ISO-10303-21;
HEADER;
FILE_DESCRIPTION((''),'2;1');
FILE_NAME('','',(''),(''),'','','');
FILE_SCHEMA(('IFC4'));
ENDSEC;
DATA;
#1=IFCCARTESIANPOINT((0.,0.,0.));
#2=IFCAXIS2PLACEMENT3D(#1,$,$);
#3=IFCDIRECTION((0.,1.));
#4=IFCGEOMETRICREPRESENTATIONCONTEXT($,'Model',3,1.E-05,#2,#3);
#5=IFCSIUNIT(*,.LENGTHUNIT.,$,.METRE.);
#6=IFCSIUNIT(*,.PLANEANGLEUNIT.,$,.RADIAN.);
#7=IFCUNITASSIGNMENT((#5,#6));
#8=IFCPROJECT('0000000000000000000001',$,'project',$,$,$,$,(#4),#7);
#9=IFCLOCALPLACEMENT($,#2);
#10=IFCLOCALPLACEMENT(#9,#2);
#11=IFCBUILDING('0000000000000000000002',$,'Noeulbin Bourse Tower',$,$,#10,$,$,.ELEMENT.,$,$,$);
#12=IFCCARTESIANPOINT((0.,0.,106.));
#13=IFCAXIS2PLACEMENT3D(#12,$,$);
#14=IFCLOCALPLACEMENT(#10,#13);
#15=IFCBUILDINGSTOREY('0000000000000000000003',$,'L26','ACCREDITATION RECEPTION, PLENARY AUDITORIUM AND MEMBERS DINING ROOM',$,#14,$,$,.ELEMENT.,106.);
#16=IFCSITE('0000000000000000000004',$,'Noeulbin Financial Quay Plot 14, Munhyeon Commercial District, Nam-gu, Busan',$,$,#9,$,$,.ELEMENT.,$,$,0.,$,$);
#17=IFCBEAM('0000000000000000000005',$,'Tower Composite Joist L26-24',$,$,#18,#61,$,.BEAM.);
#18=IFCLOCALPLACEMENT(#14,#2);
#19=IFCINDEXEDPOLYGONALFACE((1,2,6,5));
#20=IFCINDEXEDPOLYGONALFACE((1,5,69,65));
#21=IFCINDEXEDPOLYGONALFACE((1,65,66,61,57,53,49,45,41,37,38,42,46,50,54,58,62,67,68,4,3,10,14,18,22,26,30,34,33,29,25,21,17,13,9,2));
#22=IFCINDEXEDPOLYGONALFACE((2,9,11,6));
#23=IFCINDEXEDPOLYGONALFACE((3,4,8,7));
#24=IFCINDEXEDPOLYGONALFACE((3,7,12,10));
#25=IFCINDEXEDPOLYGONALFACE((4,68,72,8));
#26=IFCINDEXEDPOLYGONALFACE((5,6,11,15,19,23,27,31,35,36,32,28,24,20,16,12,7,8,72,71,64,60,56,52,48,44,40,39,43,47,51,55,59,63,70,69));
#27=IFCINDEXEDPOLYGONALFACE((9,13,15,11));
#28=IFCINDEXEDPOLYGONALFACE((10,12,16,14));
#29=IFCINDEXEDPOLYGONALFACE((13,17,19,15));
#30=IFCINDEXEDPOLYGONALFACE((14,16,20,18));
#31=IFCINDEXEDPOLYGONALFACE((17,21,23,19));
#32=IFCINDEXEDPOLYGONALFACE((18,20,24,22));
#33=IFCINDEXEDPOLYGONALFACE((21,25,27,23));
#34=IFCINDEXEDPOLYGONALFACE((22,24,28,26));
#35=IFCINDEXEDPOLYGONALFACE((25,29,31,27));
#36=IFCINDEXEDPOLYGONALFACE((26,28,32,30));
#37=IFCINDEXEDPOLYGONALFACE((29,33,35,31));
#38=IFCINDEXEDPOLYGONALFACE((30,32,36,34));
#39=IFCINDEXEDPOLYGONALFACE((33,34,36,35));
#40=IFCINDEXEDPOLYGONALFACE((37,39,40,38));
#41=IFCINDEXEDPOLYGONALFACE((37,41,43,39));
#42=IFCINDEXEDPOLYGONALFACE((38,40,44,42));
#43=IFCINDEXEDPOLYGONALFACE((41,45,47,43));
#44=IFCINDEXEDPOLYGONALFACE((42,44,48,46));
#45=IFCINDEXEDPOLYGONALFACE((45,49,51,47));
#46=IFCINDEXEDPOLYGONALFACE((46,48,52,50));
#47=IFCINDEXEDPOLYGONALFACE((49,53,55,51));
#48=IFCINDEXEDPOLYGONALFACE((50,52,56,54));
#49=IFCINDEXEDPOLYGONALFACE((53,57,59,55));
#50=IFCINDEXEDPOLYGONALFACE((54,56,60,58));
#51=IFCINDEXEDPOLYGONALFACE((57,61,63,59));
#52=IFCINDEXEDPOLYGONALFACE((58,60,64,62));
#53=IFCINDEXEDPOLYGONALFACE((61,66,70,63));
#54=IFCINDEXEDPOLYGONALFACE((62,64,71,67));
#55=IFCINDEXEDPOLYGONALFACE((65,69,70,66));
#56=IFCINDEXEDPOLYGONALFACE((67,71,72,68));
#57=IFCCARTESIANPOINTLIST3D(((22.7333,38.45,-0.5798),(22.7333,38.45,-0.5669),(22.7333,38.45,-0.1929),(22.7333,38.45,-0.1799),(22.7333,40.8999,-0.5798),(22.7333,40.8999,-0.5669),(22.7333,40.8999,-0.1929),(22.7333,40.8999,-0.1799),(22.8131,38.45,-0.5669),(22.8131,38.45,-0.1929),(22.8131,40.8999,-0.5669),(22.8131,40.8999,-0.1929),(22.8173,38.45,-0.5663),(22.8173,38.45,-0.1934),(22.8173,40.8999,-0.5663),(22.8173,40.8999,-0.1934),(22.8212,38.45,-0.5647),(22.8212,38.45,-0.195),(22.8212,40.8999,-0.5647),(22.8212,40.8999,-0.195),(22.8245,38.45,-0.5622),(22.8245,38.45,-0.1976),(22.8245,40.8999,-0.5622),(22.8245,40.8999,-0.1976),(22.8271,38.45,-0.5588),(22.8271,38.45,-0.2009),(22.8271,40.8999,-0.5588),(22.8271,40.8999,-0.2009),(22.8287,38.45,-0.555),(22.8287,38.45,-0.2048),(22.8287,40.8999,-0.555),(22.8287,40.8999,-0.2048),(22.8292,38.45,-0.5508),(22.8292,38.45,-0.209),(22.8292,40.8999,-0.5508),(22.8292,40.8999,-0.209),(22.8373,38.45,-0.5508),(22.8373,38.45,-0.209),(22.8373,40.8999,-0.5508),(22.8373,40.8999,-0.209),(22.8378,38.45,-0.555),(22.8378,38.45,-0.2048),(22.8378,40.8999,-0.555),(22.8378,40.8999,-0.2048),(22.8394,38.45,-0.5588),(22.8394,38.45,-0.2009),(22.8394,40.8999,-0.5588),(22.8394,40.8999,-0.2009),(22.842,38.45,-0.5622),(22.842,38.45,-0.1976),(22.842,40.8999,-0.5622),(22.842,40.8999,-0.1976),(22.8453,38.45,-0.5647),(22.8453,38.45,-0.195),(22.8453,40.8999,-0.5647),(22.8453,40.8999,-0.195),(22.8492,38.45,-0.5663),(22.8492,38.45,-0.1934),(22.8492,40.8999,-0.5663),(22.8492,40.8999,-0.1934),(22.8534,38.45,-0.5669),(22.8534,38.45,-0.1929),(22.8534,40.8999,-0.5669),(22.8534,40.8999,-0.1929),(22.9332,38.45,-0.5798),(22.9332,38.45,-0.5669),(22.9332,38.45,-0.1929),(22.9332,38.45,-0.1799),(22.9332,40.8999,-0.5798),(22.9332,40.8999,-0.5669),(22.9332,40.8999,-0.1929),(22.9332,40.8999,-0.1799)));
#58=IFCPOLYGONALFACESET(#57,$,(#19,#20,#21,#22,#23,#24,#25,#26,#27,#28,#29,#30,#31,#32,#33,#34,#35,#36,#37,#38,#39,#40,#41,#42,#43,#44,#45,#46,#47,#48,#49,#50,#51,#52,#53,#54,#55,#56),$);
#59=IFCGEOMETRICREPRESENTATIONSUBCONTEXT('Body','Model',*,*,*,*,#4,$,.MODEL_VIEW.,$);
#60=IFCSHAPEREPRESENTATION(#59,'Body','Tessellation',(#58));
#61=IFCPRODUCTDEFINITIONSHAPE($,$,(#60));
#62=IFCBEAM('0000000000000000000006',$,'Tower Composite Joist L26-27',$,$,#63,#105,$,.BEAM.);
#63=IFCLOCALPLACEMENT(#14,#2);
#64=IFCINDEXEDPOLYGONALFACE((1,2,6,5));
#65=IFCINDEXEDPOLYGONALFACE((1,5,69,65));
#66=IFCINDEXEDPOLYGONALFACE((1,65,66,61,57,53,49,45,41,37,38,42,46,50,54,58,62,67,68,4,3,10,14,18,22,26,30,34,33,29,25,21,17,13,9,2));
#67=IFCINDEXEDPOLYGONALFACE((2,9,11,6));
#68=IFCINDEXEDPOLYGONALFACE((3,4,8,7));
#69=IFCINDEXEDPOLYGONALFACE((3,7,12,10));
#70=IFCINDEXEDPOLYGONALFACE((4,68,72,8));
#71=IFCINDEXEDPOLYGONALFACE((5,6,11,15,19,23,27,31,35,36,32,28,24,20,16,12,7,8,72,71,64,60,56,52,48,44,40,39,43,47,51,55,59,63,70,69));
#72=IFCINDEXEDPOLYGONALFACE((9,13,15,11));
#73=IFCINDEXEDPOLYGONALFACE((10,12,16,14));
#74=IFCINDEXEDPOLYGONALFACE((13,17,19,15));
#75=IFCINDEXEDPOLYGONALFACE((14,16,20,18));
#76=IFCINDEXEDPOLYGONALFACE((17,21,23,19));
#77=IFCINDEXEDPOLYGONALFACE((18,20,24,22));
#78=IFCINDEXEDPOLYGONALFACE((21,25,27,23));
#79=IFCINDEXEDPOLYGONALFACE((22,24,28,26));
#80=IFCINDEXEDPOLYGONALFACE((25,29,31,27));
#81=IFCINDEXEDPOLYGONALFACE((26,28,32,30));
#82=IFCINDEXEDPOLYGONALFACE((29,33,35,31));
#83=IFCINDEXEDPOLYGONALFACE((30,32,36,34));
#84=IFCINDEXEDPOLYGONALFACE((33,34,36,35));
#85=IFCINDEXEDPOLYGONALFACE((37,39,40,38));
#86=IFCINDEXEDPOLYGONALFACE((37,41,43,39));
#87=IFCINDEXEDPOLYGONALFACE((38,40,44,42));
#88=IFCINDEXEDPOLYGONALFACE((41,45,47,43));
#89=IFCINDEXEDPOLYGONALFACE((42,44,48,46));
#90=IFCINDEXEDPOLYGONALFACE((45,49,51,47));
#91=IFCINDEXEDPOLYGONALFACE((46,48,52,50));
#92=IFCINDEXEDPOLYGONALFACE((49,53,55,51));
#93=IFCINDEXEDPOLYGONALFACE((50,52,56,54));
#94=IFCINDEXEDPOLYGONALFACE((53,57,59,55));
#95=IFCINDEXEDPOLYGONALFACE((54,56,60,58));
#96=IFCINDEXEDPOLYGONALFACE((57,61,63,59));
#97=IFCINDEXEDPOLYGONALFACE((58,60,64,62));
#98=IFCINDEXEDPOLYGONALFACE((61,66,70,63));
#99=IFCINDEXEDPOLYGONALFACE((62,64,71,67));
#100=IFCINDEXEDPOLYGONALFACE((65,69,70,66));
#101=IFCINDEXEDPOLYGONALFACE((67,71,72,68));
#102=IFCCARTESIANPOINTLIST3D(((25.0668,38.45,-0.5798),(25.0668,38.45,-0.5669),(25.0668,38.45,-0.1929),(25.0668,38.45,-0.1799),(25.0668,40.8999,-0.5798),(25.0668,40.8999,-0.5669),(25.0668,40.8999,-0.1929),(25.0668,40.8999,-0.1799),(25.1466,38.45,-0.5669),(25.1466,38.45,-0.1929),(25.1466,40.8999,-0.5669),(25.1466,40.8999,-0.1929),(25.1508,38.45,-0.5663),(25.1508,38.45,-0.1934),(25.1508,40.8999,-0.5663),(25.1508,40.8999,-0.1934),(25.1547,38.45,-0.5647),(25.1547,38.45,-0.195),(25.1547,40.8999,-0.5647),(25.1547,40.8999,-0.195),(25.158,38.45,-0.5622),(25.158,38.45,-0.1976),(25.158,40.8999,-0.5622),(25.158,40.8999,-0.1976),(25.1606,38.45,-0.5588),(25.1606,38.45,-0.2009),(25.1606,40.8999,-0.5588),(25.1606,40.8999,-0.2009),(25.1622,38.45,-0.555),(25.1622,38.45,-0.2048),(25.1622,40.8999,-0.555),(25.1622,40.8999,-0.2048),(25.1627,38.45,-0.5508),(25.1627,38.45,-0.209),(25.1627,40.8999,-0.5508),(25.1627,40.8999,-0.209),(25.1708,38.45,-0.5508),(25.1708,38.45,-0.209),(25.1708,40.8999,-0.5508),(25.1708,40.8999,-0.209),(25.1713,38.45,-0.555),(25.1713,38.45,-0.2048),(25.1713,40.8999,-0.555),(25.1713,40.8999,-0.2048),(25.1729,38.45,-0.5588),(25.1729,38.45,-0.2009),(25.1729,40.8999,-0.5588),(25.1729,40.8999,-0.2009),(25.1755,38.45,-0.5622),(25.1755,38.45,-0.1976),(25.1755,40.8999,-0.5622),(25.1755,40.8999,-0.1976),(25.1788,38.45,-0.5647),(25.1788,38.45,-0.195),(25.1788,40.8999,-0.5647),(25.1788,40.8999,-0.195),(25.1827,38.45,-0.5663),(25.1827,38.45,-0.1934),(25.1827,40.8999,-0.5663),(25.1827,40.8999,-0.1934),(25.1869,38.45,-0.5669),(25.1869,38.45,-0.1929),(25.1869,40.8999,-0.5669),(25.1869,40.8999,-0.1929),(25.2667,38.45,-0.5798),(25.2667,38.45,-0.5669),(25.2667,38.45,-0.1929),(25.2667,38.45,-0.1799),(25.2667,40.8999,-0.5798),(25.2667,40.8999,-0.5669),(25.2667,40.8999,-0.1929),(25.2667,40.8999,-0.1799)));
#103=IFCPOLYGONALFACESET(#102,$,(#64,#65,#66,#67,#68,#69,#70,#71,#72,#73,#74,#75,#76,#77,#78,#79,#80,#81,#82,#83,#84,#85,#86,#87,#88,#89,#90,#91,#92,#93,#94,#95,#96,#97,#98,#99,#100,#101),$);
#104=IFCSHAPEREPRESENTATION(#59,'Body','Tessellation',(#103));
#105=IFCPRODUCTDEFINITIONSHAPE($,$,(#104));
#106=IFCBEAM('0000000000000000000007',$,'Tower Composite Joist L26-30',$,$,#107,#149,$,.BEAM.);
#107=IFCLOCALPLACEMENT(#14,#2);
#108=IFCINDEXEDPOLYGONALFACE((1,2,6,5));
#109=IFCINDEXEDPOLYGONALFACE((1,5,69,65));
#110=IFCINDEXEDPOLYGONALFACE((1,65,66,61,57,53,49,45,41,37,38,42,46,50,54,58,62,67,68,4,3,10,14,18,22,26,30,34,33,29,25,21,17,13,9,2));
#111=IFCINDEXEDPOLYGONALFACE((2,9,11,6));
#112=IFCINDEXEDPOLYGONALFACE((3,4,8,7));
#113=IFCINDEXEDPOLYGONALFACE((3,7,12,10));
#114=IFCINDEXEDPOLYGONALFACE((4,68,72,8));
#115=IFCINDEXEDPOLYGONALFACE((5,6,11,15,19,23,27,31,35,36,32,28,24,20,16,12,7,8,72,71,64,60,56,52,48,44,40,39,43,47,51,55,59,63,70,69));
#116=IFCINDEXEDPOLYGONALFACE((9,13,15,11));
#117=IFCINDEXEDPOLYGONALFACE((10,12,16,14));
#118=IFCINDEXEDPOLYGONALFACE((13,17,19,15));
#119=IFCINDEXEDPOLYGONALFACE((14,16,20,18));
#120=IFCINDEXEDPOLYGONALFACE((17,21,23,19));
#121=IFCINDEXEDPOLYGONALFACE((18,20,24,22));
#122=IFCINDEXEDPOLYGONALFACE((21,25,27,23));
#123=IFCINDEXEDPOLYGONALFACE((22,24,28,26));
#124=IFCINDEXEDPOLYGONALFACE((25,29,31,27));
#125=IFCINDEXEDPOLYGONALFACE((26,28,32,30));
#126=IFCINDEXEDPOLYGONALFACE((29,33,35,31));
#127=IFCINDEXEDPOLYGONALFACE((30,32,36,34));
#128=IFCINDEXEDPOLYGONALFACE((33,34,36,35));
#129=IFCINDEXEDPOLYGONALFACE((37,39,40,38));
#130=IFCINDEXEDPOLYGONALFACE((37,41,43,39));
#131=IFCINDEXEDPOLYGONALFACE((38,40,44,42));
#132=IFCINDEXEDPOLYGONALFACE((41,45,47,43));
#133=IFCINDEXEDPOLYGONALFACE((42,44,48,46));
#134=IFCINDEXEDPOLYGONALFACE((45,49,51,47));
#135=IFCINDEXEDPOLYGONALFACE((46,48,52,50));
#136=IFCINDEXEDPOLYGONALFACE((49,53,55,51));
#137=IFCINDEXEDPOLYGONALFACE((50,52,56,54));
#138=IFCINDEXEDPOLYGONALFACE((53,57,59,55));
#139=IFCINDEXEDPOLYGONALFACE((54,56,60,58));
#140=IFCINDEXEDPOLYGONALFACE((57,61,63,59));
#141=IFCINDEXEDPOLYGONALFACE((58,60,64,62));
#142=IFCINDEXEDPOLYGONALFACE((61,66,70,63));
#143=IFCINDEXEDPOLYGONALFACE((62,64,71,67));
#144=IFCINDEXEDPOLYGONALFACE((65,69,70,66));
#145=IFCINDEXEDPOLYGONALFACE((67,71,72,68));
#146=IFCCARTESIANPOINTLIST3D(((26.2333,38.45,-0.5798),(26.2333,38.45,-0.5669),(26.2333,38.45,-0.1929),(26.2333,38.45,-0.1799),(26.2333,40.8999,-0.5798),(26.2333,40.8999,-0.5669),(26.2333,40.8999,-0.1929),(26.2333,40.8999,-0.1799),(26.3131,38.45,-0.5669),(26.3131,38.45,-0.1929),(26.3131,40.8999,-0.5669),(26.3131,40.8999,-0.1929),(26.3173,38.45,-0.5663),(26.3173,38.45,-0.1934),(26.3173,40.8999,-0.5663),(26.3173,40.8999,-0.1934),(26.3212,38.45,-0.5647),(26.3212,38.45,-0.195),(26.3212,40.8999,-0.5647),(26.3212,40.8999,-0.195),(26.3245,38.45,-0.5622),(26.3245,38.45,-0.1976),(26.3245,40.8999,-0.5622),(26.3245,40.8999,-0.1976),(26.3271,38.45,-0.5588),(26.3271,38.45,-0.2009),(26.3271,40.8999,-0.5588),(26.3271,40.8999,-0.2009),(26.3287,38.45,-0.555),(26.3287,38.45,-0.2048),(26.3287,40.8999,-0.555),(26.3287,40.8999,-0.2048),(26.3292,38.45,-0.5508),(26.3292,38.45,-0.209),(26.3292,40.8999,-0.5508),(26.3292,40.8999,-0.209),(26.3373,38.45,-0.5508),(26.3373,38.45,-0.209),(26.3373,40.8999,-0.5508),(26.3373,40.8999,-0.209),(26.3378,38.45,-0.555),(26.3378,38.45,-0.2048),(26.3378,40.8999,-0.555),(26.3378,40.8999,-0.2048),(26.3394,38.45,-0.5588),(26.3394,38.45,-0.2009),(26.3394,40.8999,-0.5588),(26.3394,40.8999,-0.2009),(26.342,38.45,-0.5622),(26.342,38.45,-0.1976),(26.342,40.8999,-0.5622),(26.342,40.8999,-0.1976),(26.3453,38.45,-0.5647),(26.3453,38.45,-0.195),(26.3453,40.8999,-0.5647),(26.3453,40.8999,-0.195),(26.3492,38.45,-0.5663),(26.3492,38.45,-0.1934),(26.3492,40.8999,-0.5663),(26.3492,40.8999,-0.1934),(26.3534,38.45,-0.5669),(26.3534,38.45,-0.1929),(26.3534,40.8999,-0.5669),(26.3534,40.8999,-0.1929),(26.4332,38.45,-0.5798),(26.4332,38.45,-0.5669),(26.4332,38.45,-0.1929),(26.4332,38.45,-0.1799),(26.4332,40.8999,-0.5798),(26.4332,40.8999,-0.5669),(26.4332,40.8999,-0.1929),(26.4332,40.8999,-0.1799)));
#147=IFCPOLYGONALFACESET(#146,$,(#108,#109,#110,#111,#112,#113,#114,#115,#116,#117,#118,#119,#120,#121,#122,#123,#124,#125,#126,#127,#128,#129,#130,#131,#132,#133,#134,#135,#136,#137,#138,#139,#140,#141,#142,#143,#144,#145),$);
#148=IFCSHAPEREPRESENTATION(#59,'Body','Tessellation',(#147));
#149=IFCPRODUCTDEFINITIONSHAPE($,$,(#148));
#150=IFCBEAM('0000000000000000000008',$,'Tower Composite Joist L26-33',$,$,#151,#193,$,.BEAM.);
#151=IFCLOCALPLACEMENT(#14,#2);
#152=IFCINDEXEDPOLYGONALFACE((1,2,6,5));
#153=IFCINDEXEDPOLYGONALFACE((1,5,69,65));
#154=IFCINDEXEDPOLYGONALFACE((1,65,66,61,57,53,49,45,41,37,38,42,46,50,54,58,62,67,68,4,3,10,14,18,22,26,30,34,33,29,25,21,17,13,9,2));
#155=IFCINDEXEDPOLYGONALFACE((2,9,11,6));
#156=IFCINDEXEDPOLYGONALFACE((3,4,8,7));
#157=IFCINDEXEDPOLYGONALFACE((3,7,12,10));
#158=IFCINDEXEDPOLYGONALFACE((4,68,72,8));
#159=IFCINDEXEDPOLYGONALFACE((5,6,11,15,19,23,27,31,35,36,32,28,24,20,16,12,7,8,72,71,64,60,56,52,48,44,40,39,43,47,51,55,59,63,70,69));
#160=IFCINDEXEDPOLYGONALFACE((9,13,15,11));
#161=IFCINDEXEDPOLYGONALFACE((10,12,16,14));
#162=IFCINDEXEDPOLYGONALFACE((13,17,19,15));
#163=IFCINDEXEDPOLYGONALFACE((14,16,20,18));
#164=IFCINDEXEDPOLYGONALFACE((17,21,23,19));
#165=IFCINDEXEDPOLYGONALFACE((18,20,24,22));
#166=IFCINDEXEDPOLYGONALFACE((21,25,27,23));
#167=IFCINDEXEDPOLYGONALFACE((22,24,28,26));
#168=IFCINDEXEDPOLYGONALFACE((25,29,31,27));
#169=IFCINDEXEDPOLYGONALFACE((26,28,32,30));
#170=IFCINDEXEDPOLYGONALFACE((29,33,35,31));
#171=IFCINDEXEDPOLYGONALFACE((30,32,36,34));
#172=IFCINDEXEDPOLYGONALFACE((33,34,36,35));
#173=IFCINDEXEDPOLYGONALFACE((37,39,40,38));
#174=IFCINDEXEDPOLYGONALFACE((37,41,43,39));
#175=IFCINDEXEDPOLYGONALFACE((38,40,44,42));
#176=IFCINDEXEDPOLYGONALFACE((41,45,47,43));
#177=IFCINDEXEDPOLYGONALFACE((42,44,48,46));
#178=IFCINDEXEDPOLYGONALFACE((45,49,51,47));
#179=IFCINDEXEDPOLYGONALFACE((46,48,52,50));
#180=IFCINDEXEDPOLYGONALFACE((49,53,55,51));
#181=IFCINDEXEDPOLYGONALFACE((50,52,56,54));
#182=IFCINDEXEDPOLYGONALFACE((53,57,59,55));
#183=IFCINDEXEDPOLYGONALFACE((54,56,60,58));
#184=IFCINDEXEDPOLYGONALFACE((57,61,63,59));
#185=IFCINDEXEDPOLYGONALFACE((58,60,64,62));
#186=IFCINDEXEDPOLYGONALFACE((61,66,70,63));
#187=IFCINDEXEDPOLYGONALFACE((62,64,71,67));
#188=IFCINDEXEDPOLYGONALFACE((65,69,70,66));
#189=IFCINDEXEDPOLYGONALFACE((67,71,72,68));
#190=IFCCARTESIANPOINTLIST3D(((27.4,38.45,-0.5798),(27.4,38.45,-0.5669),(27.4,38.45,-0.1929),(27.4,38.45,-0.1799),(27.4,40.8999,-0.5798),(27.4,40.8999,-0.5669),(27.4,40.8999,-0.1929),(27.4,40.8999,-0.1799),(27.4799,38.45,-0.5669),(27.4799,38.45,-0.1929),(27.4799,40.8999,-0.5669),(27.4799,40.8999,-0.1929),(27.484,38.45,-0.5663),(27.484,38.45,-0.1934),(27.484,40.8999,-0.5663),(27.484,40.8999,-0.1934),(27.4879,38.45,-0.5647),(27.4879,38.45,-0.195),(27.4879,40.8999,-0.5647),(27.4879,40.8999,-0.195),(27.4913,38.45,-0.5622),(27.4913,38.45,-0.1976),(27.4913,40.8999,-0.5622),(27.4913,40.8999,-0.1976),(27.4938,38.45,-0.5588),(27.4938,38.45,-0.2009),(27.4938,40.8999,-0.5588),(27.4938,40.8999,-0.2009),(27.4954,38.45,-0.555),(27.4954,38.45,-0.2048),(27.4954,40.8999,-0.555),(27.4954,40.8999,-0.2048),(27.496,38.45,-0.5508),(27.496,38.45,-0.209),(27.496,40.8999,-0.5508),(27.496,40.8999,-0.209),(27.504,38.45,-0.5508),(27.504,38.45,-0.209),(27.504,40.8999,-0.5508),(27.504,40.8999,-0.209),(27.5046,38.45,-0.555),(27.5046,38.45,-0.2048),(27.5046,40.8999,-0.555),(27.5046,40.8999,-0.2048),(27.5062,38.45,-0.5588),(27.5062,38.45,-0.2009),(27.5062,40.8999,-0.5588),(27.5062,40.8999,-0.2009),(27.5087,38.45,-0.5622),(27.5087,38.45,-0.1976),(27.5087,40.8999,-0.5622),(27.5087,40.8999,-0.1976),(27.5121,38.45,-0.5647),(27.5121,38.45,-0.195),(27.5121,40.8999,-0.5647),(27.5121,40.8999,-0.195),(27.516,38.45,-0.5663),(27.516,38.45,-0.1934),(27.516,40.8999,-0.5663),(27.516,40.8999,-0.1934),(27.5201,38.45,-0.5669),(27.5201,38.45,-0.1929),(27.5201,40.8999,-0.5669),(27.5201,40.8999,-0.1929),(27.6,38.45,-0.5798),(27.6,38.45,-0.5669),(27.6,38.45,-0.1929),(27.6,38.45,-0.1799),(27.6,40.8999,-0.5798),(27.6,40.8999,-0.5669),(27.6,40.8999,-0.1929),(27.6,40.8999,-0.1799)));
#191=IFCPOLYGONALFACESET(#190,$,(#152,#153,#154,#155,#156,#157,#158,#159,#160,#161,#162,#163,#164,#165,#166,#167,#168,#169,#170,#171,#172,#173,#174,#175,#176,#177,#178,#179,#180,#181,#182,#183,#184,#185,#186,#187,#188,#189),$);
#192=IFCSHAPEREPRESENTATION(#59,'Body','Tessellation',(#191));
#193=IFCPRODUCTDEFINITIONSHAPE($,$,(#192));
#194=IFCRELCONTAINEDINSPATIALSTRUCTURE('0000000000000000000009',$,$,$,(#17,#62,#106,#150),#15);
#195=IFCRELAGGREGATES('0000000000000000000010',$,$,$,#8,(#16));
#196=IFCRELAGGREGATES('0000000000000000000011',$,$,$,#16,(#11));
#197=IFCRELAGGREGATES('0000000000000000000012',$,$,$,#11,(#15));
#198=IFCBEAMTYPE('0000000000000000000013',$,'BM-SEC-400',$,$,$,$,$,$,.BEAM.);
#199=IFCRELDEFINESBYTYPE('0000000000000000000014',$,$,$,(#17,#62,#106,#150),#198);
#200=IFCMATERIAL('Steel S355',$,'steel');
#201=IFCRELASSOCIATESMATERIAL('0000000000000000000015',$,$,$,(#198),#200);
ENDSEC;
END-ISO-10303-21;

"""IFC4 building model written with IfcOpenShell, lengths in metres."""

from ifc_helpers import new_model, si_unit, direction, frame, origin, origin_2d, place, context, subcontext, project, spatial, i_section, extrude, material, material_profile, profile_set, type_object, element, save


model = new_model("IFC4")

# Units and contexts
model_context = context("Model", 3, precision=1e-05, world=origin(), true_north=direction((0.0, 1.0)))
body_context = subcontext(model_context, "Body", "Model", "MODEL_VIEW")
ifc_project = project(units=[si_unit("LENGTHUNIT", "METRE"), si_unit("PLANEANGLEUNIT", "RADIAN")], contexts=[model_context])

# Site, building, storey
site_placement = place(None, origin())
site = spatial("IfcSite", under=ifc_project, at=site_placement, Name="Noeulbin Financial Quay Plot 14, Munhyeon Commercial District, Nam-gu, Busan", CompositionType="ELEMENT", RefElevation=0.0)
building_placement = place(site_placement, origin())
building = spatial("IfcBuilding", under=site, at=building_placement, Name="Noeulbin Bourse Tower", CompositionType="ELEMENT")
storey_placement = place(building_placement, frame((0.0, 0.0, 106.0)))
storey = spatial("IfcBuildingStorey", under=building, at=storey_placement, Name="L26", Description="ACCREDITATION RECEPTION, PLENARY AUDITORIUM AND MEMBERS DINING ROOM", CompositionType="ELEMENT", Elevation=106.0)

# Shared definitions
ifc_material_1 = material(Name="Steel S355", Category="steel")

# Beams
ifc_material_profile_1 = material_profile(ifc_material_1, i_section(OverallWidth=0.2, OverallDepth=0.3999, WebThickness=0.0081, FlangeThickness=0.0129, FilletRadius=0.0161, at=origin_2d()), Name="H-400x200x8x13", Category="LoadBearing")
ifc_profile_set_1 = profile_set([ifc_material_profile_1], Name="Steel S355")
beam_type_1 = type_object("IfcBeamType", Name="BM-SEC-400", PredefinedType="BEAM", material=ifc_profile_set_1)
for number, where, z_axis, x_axis, name in (
    (1, (22.8333, 38.45, -0.3799), (0.0, 1.0, 0.0), (-1.0, 0.0, 0.0), "Tower Composite Joist L26-24"),
    (2, (25.1667, 38.45, -0.3799), (0.0, 1.0, 0.0), (-1.0, 0.0, 0.0), "Tower Composite Joist L26-27"),
    (3, (26.3333, 38.45, -0.3799), (0.0, 1.0, 0.0), (-1.0, 0.0, 0.0), "Tower Composite Joist L26-30"),
    (4, (27.5, 38.45, -0.3799), (0.0, 1.0, 0.0), (-1.0, 0.0, 0.0), "Tower Composite Joist L26-33"),
):
    element("IfcBeam", number, at=place(storey_placement, frame(where, z_axis=z_axis, x_axis=x_axis)), inside=storey, type_object=beam_type_1, Name=name, PredefinedType="BEAM", context=body_context, shape_type="SweptSolid", body=[
        extrude(i_section(OverallWidth=0.2, OverallDepth=0.3999, WebThickness=0.0081, FlangeThickness=0.0129, FilletRadius=0.0161, at=origin_2d()), origin(), (0.0, 0.0, 1.0), 2.45),
    ])

save(model, "model.ifc")
